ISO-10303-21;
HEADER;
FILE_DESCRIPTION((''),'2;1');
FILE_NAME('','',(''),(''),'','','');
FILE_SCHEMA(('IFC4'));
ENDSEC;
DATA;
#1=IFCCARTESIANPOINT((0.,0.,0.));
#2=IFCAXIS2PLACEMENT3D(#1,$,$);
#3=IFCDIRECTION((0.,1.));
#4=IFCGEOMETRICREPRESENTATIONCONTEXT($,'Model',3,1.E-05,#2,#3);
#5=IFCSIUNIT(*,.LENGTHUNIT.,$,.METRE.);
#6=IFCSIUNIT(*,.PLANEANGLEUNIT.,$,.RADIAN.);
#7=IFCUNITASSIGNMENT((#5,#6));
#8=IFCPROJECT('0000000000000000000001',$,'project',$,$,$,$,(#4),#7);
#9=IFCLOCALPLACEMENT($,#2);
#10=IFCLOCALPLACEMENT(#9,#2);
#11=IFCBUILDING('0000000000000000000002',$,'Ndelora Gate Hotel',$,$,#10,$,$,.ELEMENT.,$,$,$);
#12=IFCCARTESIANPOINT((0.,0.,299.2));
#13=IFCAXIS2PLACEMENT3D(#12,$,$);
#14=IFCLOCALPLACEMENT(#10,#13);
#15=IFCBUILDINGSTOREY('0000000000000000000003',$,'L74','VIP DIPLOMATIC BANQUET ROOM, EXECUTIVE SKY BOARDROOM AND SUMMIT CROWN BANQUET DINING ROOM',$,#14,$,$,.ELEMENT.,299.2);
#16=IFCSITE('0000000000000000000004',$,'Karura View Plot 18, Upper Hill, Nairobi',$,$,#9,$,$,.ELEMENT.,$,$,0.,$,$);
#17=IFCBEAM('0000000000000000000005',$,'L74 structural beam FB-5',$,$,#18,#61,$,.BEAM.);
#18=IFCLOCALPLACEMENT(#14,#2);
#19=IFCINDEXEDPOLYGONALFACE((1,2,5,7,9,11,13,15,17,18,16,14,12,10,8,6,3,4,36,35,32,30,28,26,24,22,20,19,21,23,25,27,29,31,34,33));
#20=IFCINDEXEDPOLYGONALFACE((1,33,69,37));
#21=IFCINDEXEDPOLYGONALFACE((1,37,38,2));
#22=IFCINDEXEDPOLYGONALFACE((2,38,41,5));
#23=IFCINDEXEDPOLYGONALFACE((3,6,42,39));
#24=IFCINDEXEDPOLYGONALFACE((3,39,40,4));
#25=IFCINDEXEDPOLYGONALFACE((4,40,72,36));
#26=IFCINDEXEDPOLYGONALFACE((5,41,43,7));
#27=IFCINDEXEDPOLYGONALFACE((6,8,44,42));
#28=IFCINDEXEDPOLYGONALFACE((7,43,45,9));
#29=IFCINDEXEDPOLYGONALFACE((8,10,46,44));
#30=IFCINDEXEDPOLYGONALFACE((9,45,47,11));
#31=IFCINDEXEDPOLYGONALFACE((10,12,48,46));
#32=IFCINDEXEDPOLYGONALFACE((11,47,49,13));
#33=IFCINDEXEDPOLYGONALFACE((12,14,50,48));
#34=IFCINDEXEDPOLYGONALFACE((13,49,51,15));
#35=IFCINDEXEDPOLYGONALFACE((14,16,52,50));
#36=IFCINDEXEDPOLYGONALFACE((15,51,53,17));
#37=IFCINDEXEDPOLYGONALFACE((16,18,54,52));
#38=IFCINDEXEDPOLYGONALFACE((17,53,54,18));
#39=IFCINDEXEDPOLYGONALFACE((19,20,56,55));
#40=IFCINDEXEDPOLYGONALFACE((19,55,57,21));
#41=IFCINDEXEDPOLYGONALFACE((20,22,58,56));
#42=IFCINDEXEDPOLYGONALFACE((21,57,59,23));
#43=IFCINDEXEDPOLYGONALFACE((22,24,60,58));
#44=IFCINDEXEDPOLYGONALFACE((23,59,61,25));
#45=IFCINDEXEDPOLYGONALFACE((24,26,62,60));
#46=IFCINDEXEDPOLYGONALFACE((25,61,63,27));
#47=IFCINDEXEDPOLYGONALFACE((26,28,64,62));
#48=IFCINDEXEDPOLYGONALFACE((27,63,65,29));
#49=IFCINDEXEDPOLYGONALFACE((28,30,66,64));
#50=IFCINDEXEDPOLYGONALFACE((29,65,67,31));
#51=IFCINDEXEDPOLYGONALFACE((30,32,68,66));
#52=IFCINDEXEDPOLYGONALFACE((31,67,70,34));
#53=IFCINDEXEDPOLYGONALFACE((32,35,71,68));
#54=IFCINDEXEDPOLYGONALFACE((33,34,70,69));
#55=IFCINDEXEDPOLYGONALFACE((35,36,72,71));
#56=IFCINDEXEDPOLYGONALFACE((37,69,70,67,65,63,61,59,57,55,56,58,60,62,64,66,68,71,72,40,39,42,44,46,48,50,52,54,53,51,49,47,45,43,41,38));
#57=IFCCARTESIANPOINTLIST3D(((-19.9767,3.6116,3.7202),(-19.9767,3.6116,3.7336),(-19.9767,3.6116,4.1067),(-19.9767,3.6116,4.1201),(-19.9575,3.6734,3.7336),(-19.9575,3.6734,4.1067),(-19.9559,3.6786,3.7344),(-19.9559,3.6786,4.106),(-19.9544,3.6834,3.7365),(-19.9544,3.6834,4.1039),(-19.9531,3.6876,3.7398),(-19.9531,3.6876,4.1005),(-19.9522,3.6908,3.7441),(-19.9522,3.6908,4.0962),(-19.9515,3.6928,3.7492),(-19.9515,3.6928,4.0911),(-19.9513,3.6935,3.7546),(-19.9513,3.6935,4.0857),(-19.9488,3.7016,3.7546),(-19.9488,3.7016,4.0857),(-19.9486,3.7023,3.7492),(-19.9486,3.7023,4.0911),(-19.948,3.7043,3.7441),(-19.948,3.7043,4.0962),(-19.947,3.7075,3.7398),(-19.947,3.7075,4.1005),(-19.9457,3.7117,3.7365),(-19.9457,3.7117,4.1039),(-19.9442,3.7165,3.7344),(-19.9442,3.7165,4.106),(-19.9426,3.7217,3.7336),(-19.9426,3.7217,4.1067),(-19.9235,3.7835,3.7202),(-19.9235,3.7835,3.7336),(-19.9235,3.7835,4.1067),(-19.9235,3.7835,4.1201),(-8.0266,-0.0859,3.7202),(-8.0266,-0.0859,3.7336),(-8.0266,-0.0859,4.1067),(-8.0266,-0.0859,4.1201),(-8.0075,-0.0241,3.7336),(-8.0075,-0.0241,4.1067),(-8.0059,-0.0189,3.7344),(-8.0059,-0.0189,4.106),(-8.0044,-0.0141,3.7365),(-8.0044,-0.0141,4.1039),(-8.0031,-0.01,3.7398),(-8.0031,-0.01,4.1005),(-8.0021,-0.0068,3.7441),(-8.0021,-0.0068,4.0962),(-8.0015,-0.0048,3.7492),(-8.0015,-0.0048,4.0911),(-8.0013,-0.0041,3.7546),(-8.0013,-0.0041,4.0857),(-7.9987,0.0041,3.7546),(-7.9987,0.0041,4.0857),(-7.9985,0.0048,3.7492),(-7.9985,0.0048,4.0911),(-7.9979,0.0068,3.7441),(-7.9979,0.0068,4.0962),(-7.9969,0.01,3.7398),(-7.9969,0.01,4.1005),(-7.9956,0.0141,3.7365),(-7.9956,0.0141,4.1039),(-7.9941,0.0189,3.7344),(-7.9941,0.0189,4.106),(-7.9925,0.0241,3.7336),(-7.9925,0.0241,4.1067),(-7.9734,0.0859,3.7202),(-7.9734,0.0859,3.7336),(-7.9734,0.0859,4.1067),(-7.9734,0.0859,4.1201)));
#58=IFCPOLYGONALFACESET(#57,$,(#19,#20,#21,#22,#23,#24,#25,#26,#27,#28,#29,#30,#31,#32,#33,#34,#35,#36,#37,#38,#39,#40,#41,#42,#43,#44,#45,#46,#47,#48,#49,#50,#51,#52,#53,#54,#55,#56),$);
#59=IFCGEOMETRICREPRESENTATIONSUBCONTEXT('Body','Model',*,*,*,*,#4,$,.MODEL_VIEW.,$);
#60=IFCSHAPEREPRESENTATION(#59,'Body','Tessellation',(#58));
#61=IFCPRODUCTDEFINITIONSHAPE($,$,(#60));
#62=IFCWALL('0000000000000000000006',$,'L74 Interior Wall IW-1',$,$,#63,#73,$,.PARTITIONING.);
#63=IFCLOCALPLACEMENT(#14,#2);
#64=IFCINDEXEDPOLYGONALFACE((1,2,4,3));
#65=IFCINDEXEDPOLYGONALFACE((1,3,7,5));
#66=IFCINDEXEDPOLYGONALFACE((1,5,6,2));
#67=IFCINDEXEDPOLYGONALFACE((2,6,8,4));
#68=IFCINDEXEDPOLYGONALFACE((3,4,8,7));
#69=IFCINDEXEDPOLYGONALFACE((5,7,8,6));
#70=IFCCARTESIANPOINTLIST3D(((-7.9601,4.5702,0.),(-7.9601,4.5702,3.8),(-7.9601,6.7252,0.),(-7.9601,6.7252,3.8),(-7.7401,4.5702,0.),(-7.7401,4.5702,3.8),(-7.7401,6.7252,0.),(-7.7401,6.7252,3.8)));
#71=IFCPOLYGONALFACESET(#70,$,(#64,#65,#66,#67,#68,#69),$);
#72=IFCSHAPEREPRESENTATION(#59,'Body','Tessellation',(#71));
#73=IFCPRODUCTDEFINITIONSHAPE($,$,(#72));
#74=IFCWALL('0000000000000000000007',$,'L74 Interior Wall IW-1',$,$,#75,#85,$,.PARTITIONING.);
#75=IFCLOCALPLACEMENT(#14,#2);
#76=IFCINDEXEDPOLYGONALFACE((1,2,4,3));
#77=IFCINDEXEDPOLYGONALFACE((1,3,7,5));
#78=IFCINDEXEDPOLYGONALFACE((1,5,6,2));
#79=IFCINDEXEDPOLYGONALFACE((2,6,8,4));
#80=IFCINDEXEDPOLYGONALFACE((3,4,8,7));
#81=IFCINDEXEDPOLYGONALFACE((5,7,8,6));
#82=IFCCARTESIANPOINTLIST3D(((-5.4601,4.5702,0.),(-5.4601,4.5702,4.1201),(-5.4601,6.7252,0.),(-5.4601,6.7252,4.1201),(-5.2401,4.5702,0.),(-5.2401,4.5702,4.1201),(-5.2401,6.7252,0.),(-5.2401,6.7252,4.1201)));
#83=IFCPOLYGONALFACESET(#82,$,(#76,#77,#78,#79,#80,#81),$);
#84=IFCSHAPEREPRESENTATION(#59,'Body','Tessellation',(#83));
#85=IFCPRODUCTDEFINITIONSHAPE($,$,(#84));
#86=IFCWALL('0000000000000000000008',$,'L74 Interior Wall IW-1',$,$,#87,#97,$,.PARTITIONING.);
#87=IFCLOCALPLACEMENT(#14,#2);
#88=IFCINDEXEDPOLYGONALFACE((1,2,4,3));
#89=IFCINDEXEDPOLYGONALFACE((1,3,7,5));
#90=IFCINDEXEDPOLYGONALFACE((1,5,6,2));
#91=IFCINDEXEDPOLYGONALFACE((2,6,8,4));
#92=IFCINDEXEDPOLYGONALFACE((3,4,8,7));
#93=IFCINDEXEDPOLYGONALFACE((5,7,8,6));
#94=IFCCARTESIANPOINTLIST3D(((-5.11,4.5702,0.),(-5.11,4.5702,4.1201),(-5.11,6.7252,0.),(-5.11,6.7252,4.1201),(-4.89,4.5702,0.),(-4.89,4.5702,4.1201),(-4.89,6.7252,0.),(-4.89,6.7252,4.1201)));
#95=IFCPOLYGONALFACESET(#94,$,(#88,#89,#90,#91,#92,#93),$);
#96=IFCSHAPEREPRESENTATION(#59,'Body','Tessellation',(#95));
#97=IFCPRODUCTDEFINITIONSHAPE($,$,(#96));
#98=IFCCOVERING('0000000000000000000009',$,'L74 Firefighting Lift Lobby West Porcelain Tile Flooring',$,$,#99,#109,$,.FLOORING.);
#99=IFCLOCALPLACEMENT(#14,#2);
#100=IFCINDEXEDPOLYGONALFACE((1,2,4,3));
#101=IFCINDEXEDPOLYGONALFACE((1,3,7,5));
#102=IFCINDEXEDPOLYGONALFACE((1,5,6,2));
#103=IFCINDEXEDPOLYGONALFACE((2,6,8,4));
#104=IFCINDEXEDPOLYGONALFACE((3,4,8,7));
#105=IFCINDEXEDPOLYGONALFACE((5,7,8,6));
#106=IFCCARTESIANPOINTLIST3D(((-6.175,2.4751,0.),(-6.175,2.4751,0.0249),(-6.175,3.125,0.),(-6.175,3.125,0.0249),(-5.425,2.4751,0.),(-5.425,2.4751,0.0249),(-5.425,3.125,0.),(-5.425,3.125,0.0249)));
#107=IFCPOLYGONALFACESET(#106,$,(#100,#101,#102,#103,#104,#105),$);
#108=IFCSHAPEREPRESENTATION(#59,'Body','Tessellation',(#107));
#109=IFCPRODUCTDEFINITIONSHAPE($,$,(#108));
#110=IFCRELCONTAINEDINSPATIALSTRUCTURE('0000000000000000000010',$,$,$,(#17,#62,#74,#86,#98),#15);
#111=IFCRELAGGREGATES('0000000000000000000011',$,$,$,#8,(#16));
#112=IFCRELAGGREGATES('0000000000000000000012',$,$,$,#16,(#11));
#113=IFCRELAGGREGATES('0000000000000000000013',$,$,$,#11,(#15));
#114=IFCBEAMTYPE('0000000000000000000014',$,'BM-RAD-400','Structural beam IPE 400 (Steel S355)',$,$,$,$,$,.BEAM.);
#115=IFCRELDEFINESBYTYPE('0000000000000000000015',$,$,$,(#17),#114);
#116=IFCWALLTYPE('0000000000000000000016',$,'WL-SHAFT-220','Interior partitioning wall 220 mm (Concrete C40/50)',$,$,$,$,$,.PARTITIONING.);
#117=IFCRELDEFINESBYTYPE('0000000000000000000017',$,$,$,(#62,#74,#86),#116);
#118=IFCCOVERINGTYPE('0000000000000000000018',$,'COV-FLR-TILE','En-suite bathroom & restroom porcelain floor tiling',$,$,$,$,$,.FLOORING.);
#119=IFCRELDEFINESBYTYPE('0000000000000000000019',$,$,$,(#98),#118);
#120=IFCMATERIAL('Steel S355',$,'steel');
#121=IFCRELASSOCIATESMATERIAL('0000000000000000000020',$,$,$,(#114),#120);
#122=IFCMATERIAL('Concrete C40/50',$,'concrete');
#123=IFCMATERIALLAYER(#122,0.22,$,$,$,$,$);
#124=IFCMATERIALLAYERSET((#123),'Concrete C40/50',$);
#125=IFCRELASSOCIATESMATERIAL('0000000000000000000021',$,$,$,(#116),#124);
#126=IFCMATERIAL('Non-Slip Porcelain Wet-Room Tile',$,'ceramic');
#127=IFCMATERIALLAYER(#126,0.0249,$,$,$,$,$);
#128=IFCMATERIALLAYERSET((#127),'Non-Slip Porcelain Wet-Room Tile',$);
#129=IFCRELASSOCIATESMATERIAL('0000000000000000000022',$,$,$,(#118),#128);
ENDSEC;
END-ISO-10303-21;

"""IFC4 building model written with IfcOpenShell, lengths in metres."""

from ifc_helpers import new_model, si_unit, direction, frame, frame_2d, origin, origin_2d, place, context, subcontext, project, spatial, rectangle, i_section, extrude, material, layer, layer_set, material_profile, profile_set, type_object, element, save


model = new_model("IFC4")

# Units and contexts
model_context = context("Model", 3, precision=1e-05, world=origin(), true_north=direction((0.0, 1.0)))
body_context = subcontext(model_context, "Body", "Model", "MODEL_VIEW")
ifc_project = project(units=[si_unit("LENGTHUNIT", "METRE"), si_unit("PLANEANGLEUNIT", "RADIAN")], contexts=[model_context])

# Site, building, storey
site_placement = place(None, origin())
site = spatial("IfcSite", under=ifc_project, at=site_placement, Name="Karura View Plot 18, Upper Hill, Nairobi", CompositionType="ELEMENT", RefElevation=0.0)
building_placement = place(site_placement, origin())
building = spatial("IfcBuilding", under=site, at=building_placement, Name="Ndelora Gate Hotel", CompositionType="ELEMENT")
storey_placement = place(building_placement, frame((0.0, 0.0, 299.2)))
storey = spatial("IfcBuildingStorey", under=building, at=storey_placement, Name="L74", Description="VIP DIPLOMATIC BANQUET ROOM, EXECUTIVE SKY BOARDROOM AND SUMMIT CROWN BANQUET DINING ROOM", CompositionType="ELEMENT", Elevation=299.2)

# Beam
ifc_material_1 = material(Name="Steel S355", Category="steel")
ifc_material_profile = material_profile(ifc_material_1, i_section(OverallWidth=0.1799, OverallDepth=0.3999, WebThickness=0.0085, FlangeThickness=0.0134, FilletRadius=0.021, at=origin_2d()), Name="IPE 400")
ifc_profile_set = profile_set([ifc_material_profile], Name="Steel S355")
beam_type = type_object("IfcBeamType", Name="BM-RAD-400", Description="Structural beam IPE 400 (Steel S355)", PredefinedType="BEAM", material=ifc_profile_set)
beam_placement = place(storey_placement, frame((-8.0, 0.0, 3.9202), z_axis=(-0.955315, 0.29559, 0.0), x_axis=(-0.29559, -0.955315, 0.0)))
element("IfcBeam", 1, at=beam_placement, inside=storey, type_object=beam_type, Name="L74 structural beam FB-5", PredefinedType="BEAM", context=body_context, shape_type="SweptSolid", body=[
    extrude(i_section(OverallWidth=0.1799, OverallDepth=0.3999, WebThickness=0.0085, FlangeThickness=0.0134, FilletRadius=0.021, at=origin_2d()), origin(), (0.0, 0.0, 1.0), 12.509),
])

# Shared definitions
ifc_material_2 = material(Name="Concrete C40/50", Category="concrete")
ifc_layer_1 = layer(ifc_material_2, 0.22)
ifc_layer_set_1 = layer_set([ifc_layer_1], Name="Concrete C40/50")
wall_type_1 = type_object("IfcWallType", Name="WL-SHAFT-220", Description="Interior partitioning wall 220 mm (Concrete C40/50)", PredefinedType="PARTITIONING", material=ifc_layer_set_1)

# Walls
wall_1_placement = place(storey_placement, frame((-7.8501, 4.5701, 0.0), z_axis=(0.0, 0.0, 1.0), x_axis=(0.0, 1.0, 0.0)))
element("IfcWall", 2, at=wall_1_placement, inside=storey, type_object=wall_type_1, Name="L74 Interior Wall IW-1", PredefinedType="PARTITIONING", context=body_context, shape_type="SweptSolid", body=[
    extrude(rectangle(XDim=2.155, YDim=0.22, at=frame_2d((1.0776, 0.0))), origin(), (0.0, 0.0, 1.0), 3.8),
])
wall_2_placement = place(storey_placement, frame((-5.3501, 4.5701, 0.0), z_axis=(0.0, 0.0, 1.0), x_axis=(0.0, 1.0, 0.0)))
element("IfcWall", 3, at=wall_2_placement, inside=storey, type_object=wall_type_1, Name="L74 Interior Wall IW-1", PredefinedType="PARTITIONING", context=body_context, shape_type="SweptSolid", body=[
    extrude(rectangle(XDim=2.155, YDim=0.22, at=frame_2d((1.0776, 0.0))), origin(), (0.0, 0.0, 1.0), 4.1201),
])

# Wall
wall_3_placement = place(storey_placement, frame((-5.0, 4.5701, 0.0), z_axis=(0.0, 0.0, 1.0), x_axis=(0.0, 1.0, 0.0)))
element("IfcWall", 4, at=wall_3_placement, inside=storey, type_object=wall_type_1, Name="L74 Interior Wall IW-1", PredefinedType="PARTITIONING", context=body_context, shape_type="SweptSolid", body=[
    extrude(rectangle(XDim=2.155, YDim=0.22, at=frame_2d((1.0776, 0.0))), origin(), (0.0, 0.0, 1.0), 4.1201),
])

# Covering
ifc_material_3 = material(Name="Non-Slip Porcelain Wet-Room Tile", Category="ceramic")
ifc_layer_2 = layer(ifc_material_3, 0.0249)
ifc_layer_set_2 = layer_set([ifc_layer_2], Name="Non-Slip Porcelain Wet-Room Tile")
covering_type = type_object("IfcCoveringType", Name="COV-FLR-TILE", Description="En-suite bathroom & restroom porcelain floor tiling", PredefinedType="FLOORING", material=ifc_layer_set_2)
covering_placement = place(storey_placement, frame((-5.8, 2.8, 0.0), z_axis=(0.0, 0.0, 1.0), x_axis=(1.0, 0.0, 0.0)))
element("IfcCovering", 5, at=covering_placement, inside=storey, type_object=covering_type, Name="L74 Firefighting Lift Lobby West Porcelain Tile Flooring", PredefinedType="FLOORING", context=body_context, shape_type="SweptSolid", body=[
    extrude(rectangle(XDim=0.75, YDim=0.6499, at=origin_2d()), origin(), (0.0, 0.0, 1.0), 0.0249),
])

save(model, "model.ifc")
